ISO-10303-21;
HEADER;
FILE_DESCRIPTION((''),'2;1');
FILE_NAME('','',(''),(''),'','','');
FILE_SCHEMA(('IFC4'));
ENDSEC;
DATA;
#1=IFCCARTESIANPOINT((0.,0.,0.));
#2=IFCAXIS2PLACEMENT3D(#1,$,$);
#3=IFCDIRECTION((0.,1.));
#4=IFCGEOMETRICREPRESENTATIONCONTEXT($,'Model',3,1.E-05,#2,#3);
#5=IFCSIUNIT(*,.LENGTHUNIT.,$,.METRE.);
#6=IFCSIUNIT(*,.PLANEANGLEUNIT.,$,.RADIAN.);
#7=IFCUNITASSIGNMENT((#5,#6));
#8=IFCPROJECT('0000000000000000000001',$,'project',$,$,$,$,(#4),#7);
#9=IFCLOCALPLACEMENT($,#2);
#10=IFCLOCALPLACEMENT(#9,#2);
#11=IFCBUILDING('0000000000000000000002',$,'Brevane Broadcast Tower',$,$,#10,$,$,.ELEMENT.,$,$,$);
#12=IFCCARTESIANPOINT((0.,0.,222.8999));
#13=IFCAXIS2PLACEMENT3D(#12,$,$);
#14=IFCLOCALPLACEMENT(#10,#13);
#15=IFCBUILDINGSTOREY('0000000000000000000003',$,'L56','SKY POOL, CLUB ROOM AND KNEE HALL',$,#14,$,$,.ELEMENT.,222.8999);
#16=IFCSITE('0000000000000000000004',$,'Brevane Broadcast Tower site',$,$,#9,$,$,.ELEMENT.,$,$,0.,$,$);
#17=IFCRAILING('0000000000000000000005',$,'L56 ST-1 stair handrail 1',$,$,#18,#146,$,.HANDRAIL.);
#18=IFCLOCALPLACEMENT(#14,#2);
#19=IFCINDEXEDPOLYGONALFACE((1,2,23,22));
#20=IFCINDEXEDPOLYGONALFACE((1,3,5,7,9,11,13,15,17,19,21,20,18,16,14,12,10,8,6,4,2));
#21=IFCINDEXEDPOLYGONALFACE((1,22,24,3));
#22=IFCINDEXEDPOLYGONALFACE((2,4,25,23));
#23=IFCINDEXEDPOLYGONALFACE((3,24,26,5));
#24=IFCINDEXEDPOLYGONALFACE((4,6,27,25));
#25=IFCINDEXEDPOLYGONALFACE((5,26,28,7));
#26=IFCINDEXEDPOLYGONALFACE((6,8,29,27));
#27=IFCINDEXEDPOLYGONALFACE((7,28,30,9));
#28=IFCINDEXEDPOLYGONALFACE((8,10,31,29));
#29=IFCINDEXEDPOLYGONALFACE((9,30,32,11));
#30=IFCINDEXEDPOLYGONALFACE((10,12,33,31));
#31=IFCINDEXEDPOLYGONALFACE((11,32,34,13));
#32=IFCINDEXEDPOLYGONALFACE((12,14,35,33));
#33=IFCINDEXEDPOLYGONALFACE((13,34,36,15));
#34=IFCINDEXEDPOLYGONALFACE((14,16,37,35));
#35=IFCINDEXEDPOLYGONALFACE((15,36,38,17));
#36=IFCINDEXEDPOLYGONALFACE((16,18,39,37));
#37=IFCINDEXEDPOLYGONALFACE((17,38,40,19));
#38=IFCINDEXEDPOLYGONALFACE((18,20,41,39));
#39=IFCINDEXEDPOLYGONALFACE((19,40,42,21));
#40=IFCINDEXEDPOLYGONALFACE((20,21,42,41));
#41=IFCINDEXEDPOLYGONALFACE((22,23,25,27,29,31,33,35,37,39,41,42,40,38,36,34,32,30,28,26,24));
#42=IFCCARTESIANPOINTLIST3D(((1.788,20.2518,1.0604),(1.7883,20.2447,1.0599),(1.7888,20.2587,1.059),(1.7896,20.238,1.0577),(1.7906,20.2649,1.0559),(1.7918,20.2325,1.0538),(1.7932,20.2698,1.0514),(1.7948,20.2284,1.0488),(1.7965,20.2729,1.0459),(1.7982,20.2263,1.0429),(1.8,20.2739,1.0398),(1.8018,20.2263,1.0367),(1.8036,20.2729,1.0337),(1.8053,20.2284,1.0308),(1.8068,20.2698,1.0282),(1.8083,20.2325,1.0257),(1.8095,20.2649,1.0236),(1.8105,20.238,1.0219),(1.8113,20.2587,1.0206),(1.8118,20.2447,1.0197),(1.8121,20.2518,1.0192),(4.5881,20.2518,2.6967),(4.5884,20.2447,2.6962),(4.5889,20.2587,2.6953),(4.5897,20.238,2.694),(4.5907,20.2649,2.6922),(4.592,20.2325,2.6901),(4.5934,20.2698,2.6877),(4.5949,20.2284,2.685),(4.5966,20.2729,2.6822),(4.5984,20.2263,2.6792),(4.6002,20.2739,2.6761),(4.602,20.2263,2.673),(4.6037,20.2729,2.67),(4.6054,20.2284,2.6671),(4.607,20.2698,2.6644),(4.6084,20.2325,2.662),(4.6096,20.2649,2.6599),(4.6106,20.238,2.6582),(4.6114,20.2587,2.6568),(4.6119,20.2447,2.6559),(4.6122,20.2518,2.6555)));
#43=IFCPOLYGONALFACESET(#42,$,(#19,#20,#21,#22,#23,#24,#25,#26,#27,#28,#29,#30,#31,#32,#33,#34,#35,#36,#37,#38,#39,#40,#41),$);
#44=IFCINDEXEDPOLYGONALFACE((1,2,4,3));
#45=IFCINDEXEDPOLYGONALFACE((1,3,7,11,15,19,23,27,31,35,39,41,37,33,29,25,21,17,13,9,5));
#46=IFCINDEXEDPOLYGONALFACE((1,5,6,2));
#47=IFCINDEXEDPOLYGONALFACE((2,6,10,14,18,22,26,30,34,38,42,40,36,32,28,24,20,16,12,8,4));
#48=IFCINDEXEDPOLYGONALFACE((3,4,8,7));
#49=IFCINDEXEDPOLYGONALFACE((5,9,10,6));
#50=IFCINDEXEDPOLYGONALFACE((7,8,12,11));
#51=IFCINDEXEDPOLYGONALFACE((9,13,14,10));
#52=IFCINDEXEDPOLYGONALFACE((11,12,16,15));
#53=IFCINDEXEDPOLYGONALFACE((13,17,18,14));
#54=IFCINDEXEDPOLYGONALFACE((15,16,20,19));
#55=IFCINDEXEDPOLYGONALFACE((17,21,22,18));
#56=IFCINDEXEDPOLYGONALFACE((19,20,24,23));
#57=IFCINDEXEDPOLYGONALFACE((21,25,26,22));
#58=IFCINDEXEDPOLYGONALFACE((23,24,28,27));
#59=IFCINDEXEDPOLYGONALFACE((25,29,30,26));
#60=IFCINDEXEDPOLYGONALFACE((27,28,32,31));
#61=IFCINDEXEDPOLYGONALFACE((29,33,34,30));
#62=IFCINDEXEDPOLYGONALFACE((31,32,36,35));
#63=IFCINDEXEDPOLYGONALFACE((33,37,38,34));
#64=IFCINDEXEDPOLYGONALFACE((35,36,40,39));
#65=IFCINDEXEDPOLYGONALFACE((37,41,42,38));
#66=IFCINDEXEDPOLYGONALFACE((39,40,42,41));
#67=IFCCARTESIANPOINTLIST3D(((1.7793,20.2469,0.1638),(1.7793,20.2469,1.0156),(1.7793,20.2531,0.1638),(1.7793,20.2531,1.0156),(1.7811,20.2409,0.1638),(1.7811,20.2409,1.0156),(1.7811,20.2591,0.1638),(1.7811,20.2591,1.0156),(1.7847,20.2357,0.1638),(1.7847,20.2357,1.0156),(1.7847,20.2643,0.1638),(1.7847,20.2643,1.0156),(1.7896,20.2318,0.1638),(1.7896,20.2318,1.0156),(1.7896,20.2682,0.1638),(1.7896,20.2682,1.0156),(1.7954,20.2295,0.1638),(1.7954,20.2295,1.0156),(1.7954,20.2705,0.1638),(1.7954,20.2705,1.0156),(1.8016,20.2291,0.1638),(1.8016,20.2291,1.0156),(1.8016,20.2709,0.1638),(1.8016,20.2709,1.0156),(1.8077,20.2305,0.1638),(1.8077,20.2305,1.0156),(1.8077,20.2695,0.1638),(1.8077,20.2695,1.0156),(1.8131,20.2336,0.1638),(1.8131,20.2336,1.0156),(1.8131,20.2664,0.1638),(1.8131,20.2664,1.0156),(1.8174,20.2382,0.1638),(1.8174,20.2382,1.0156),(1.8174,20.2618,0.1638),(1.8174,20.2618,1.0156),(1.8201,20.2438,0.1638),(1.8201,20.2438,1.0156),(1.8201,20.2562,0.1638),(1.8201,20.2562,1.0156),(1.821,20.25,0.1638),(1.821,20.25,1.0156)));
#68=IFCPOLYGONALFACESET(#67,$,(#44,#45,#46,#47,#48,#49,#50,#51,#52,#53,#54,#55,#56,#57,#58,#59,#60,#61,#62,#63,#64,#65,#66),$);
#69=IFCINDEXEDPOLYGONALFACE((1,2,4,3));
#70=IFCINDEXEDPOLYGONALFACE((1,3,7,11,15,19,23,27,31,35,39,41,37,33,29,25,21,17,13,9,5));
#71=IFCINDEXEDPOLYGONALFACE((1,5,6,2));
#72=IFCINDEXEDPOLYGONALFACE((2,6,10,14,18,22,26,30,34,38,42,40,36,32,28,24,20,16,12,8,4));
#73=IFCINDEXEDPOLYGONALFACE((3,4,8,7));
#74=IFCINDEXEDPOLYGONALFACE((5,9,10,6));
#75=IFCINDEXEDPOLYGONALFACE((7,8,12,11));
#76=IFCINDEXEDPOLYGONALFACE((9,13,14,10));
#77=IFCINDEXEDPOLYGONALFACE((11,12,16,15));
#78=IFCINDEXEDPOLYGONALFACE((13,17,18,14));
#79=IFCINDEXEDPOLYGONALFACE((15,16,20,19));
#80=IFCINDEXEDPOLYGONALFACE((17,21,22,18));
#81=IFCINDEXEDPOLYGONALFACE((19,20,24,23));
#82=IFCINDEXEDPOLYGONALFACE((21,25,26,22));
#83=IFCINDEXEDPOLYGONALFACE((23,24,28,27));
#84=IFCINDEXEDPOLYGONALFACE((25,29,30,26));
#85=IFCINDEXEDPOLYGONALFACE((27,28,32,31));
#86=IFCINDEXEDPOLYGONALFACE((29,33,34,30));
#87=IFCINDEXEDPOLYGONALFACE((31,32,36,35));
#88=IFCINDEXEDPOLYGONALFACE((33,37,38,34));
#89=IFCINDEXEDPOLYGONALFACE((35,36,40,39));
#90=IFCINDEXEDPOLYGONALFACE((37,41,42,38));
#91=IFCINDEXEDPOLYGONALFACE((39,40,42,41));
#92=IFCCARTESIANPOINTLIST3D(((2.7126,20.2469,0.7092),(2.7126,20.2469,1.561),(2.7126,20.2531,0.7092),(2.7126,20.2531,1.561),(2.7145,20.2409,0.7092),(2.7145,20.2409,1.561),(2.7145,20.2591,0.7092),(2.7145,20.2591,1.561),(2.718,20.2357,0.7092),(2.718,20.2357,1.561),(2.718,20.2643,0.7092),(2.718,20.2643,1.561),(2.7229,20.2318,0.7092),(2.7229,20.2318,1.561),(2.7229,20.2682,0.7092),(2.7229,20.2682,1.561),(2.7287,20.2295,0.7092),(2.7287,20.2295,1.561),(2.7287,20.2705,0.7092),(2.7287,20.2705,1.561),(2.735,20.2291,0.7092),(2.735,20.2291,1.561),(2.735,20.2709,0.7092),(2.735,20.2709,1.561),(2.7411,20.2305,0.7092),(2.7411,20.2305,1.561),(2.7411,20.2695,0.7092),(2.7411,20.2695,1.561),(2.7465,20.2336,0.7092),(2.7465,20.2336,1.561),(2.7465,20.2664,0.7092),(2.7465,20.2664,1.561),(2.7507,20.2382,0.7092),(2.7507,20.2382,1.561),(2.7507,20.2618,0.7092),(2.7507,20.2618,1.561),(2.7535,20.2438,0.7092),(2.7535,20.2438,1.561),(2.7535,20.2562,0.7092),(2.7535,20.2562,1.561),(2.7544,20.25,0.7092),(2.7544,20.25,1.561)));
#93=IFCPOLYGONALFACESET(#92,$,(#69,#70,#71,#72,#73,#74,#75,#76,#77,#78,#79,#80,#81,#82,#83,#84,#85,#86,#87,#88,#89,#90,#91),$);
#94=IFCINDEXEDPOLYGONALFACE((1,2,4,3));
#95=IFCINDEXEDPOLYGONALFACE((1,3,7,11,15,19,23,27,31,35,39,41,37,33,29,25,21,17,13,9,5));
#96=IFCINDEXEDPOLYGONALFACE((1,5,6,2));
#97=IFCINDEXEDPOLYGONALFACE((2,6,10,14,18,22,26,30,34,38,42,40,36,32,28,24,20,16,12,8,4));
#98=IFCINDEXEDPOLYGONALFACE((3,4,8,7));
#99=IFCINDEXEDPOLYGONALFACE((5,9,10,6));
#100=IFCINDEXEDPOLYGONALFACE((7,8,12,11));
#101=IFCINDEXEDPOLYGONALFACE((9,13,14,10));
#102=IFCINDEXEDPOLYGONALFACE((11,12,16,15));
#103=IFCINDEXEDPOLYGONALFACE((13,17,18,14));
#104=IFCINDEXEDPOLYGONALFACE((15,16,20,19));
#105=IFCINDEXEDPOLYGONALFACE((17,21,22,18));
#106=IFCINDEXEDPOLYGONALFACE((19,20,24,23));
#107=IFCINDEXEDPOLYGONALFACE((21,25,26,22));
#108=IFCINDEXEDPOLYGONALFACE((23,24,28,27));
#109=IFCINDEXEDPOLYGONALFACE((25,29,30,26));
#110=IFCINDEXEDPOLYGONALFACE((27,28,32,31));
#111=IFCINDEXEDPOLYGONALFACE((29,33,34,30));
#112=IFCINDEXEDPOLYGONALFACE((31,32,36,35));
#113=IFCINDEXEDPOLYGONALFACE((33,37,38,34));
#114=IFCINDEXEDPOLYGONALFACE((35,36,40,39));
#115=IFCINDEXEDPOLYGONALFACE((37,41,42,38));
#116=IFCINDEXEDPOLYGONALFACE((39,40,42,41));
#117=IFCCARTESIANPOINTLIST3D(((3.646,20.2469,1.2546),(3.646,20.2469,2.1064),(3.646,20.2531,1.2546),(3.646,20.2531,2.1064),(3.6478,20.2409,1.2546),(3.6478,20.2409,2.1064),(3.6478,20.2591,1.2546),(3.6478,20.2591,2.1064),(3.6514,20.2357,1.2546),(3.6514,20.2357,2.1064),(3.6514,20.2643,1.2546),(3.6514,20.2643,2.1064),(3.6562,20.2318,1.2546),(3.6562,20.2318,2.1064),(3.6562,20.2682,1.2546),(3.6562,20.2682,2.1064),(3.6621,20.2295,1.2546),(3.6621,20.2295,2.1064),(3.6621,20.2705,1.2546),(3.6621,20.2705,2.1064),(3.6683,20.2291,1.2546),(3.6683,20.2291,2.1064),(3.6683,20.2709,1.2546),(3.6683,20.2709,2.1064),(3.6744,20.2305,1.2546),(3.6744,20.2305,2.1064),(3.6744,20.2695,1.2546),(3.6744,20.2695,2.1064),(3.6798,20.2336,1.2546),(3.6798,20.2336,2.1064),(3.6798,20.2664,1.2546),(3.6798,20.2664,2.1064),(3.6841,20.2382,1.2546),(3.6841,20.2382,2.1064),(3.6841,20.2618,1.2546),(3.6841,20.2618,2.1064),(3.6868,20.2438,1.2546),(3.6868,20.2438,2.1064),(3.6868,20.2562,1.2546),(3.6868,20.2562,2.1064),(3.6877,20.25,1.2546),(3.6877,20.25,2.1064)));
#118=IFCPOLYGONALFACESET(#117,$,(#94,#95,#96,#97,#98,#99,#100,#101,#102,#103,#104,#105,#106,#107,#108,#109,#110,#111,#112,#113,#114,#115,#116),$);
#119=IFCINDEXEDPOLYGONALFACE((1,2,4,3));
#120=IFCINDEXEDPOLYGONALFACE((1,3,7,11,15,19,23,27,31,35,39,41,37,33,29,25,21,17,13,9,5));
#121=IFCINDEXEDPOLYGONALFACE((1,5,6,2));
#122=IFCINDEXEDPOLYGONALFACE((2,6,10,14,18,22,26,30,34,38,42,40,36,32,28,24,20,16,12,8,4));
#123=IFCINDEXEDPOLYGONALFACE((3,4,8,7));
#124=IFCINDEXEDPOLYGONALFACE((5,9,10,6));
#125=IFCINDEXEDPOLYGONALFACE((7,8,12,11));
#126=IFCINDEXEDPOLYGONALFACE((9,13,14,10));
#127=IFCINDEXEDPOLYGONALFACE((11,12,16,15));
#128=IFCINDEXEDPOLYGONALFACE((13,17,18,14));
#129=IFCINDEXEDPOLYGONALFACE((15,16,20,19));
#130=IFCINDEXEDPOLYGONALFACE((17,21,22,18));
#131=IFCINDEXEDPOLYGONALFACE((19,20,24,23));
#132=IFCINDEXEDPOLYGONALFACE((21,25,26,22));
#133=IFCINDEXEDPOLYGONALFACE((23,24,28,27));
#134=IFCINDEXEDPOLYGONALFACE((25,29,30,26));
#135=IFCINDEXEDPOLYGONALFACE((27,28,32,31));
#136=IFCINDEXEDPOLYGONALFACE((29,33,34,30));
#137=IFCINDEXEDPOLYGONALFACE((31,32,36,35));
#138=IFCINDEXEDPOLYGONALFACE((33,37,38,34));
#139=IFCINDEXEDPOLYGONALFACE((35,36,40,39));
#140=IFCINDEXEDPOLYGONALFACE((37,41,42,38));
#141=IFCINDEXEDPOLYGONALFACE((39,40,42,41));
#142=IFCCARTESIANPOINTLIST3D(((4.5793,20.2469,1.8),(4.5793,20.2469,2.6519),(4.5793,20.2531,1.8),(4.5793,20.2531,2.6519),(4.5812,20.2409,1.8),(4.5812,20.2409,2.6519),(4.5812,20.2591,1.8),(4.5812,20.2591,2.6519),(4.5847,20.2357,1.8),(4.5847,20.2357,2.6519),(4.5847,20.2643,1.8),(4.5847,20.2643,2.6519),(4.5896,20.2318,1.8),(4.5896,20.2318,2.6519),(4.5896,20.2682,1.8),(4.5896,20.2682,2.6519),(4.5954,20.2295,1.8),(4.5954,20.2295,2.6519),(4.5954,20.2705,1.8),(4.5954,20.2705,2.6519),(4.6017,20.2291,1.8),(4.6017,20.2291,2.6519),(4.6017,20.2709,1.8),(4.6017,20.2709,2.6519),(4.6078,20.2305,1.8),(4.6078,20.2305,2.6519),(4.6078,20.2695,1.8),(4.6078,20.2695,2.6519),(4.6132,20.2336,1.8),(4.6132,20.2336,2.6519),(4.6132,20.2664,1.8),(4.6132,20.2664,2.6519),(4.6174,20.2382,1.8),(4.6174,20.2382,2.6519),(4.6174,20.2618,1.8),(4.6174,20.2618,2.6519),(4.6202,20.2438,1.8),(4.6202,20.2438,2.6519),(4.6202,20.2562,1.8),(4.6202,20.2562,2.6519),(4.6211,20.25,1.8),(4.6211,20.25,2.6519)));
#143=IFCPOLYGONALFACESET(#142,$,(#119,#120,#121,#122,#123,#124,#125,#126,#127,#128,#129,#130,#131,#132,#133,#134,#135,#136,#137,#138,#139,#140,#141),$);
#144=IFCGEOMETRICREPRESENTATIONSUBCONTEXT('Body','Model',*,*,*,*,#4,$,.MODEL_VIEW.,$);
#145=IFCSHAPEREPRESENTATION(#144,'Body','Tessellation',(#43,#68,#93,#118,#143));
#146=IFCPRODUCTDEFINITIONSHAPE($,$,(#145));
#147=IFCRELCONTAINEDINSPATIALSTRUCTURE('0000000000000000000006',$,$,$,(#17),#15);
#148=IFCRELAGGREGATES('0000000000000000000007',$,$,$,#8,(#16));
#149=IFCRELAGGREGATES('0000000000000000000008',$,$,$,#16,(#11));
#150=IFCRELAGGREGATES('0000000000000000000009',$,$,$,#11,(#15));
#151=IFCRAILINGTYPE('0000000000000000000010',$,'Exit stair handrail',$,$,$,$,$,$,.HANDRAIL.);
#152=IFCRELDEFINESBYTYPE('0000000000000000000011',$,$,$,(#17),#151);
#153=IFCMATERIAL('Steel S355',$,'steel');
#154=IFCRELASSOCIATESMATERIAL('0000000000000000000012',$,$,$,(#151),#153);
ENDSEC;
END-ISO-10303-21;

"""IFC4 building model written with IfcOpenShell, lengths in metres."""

from ifc_helpers import new_model, si_unit, direction, frame, origin, origin_2d, place, context, subcontext, project, spatial, circle, extrude, material, type_object, element, save


model = new_model("IFC4")

# Units and contexts
model_context = context("Model", 3, precision=1e-05, world=origin(), true_north=direction((0.0, 1.0)))
body_context = subcontext(model_context, "Body", "Model", "MODEL_VIEW")
ifc_project = project(units=[si_unit("LENGTHUNIT", "METRE"), si_unit("PLANEANGLEUNIT", "RADIAN")], contexts=[model_context])

# Site, building, storey
site_placement = place(None, origin())
site = spatial("IfcSite", under=ifc_project, at=site_placement, Name="Brevane Broadcast Tower site", CompositionType="ELEMENT", RefElevation=0.0)
building_placement = place(site_placement, origin())
building = spatial("IfcBuilding", under=site, at=building_placement, Name="Brevane Broadcast Tower", CompositionType="ELEMENT")
storey_placement = place(building_placement, frame((0.0, 0.0, 222.8999)))
storey = spatial("IfcBuildingStorey", under=building, at=storey_placement, Name="L56", Description="SKY POOL, CLUB ROOM AND KNEE HALL", CompositionType="ELEMENT", Elevation=222.8999)

# Railing
ifc_material_1 = material(Name="Steel S355", Category="steel")
railing_type_1 = type_object("IfcRailingType", Name="Exit stair handrail", PredefinedType="HANDRAIL", material=ifc_material_1)
railing_1_placement = place(storey_placement, frame((1.8, 20.25, 0.1638)))
element("IfcRailing", 1, at=railing_1_placement, inside=storey, type_object=railing_type_1, Name="L56 ST-1 stair handrail 1", PredefinedType="HANDRAIL", context=body_context, shape_type="SweptSolid", body=[
    extrude(circle(Radius=0.0239, at=origin_2d()), frame((0.0, 0.0, 0.876), z_axis=(0.863394, 0.0, 0.504531), x_axis=(0.0, 1.0, 0.0)), (0.0, 0.0, 1.0), 3.2432),
    extrude(circle(Radius=0.021, at=origin_2d()), origin(), (0.0, 0.0, 1.0), 0.8518),
    extrude(circle(Radius=0.021, at=origin_2d()), frame((0.9333, 0.0, 0.5454)), (0.0, 0.0, 1.0), 0.8518),
    extrude(circle(Radius=0.021, at=origin_2d()), frame((1.8667, 0.0, 1.0908)), (0.0, 0.0, 1.0), 0.8518),
    extrude(circle(Radius=0.021, at=origin_2d()), frame((2.8, 0.0, 1.6362)), (0.0, 0.0, 1.0), 0.8518),
])

save(model, "model.ifc")
